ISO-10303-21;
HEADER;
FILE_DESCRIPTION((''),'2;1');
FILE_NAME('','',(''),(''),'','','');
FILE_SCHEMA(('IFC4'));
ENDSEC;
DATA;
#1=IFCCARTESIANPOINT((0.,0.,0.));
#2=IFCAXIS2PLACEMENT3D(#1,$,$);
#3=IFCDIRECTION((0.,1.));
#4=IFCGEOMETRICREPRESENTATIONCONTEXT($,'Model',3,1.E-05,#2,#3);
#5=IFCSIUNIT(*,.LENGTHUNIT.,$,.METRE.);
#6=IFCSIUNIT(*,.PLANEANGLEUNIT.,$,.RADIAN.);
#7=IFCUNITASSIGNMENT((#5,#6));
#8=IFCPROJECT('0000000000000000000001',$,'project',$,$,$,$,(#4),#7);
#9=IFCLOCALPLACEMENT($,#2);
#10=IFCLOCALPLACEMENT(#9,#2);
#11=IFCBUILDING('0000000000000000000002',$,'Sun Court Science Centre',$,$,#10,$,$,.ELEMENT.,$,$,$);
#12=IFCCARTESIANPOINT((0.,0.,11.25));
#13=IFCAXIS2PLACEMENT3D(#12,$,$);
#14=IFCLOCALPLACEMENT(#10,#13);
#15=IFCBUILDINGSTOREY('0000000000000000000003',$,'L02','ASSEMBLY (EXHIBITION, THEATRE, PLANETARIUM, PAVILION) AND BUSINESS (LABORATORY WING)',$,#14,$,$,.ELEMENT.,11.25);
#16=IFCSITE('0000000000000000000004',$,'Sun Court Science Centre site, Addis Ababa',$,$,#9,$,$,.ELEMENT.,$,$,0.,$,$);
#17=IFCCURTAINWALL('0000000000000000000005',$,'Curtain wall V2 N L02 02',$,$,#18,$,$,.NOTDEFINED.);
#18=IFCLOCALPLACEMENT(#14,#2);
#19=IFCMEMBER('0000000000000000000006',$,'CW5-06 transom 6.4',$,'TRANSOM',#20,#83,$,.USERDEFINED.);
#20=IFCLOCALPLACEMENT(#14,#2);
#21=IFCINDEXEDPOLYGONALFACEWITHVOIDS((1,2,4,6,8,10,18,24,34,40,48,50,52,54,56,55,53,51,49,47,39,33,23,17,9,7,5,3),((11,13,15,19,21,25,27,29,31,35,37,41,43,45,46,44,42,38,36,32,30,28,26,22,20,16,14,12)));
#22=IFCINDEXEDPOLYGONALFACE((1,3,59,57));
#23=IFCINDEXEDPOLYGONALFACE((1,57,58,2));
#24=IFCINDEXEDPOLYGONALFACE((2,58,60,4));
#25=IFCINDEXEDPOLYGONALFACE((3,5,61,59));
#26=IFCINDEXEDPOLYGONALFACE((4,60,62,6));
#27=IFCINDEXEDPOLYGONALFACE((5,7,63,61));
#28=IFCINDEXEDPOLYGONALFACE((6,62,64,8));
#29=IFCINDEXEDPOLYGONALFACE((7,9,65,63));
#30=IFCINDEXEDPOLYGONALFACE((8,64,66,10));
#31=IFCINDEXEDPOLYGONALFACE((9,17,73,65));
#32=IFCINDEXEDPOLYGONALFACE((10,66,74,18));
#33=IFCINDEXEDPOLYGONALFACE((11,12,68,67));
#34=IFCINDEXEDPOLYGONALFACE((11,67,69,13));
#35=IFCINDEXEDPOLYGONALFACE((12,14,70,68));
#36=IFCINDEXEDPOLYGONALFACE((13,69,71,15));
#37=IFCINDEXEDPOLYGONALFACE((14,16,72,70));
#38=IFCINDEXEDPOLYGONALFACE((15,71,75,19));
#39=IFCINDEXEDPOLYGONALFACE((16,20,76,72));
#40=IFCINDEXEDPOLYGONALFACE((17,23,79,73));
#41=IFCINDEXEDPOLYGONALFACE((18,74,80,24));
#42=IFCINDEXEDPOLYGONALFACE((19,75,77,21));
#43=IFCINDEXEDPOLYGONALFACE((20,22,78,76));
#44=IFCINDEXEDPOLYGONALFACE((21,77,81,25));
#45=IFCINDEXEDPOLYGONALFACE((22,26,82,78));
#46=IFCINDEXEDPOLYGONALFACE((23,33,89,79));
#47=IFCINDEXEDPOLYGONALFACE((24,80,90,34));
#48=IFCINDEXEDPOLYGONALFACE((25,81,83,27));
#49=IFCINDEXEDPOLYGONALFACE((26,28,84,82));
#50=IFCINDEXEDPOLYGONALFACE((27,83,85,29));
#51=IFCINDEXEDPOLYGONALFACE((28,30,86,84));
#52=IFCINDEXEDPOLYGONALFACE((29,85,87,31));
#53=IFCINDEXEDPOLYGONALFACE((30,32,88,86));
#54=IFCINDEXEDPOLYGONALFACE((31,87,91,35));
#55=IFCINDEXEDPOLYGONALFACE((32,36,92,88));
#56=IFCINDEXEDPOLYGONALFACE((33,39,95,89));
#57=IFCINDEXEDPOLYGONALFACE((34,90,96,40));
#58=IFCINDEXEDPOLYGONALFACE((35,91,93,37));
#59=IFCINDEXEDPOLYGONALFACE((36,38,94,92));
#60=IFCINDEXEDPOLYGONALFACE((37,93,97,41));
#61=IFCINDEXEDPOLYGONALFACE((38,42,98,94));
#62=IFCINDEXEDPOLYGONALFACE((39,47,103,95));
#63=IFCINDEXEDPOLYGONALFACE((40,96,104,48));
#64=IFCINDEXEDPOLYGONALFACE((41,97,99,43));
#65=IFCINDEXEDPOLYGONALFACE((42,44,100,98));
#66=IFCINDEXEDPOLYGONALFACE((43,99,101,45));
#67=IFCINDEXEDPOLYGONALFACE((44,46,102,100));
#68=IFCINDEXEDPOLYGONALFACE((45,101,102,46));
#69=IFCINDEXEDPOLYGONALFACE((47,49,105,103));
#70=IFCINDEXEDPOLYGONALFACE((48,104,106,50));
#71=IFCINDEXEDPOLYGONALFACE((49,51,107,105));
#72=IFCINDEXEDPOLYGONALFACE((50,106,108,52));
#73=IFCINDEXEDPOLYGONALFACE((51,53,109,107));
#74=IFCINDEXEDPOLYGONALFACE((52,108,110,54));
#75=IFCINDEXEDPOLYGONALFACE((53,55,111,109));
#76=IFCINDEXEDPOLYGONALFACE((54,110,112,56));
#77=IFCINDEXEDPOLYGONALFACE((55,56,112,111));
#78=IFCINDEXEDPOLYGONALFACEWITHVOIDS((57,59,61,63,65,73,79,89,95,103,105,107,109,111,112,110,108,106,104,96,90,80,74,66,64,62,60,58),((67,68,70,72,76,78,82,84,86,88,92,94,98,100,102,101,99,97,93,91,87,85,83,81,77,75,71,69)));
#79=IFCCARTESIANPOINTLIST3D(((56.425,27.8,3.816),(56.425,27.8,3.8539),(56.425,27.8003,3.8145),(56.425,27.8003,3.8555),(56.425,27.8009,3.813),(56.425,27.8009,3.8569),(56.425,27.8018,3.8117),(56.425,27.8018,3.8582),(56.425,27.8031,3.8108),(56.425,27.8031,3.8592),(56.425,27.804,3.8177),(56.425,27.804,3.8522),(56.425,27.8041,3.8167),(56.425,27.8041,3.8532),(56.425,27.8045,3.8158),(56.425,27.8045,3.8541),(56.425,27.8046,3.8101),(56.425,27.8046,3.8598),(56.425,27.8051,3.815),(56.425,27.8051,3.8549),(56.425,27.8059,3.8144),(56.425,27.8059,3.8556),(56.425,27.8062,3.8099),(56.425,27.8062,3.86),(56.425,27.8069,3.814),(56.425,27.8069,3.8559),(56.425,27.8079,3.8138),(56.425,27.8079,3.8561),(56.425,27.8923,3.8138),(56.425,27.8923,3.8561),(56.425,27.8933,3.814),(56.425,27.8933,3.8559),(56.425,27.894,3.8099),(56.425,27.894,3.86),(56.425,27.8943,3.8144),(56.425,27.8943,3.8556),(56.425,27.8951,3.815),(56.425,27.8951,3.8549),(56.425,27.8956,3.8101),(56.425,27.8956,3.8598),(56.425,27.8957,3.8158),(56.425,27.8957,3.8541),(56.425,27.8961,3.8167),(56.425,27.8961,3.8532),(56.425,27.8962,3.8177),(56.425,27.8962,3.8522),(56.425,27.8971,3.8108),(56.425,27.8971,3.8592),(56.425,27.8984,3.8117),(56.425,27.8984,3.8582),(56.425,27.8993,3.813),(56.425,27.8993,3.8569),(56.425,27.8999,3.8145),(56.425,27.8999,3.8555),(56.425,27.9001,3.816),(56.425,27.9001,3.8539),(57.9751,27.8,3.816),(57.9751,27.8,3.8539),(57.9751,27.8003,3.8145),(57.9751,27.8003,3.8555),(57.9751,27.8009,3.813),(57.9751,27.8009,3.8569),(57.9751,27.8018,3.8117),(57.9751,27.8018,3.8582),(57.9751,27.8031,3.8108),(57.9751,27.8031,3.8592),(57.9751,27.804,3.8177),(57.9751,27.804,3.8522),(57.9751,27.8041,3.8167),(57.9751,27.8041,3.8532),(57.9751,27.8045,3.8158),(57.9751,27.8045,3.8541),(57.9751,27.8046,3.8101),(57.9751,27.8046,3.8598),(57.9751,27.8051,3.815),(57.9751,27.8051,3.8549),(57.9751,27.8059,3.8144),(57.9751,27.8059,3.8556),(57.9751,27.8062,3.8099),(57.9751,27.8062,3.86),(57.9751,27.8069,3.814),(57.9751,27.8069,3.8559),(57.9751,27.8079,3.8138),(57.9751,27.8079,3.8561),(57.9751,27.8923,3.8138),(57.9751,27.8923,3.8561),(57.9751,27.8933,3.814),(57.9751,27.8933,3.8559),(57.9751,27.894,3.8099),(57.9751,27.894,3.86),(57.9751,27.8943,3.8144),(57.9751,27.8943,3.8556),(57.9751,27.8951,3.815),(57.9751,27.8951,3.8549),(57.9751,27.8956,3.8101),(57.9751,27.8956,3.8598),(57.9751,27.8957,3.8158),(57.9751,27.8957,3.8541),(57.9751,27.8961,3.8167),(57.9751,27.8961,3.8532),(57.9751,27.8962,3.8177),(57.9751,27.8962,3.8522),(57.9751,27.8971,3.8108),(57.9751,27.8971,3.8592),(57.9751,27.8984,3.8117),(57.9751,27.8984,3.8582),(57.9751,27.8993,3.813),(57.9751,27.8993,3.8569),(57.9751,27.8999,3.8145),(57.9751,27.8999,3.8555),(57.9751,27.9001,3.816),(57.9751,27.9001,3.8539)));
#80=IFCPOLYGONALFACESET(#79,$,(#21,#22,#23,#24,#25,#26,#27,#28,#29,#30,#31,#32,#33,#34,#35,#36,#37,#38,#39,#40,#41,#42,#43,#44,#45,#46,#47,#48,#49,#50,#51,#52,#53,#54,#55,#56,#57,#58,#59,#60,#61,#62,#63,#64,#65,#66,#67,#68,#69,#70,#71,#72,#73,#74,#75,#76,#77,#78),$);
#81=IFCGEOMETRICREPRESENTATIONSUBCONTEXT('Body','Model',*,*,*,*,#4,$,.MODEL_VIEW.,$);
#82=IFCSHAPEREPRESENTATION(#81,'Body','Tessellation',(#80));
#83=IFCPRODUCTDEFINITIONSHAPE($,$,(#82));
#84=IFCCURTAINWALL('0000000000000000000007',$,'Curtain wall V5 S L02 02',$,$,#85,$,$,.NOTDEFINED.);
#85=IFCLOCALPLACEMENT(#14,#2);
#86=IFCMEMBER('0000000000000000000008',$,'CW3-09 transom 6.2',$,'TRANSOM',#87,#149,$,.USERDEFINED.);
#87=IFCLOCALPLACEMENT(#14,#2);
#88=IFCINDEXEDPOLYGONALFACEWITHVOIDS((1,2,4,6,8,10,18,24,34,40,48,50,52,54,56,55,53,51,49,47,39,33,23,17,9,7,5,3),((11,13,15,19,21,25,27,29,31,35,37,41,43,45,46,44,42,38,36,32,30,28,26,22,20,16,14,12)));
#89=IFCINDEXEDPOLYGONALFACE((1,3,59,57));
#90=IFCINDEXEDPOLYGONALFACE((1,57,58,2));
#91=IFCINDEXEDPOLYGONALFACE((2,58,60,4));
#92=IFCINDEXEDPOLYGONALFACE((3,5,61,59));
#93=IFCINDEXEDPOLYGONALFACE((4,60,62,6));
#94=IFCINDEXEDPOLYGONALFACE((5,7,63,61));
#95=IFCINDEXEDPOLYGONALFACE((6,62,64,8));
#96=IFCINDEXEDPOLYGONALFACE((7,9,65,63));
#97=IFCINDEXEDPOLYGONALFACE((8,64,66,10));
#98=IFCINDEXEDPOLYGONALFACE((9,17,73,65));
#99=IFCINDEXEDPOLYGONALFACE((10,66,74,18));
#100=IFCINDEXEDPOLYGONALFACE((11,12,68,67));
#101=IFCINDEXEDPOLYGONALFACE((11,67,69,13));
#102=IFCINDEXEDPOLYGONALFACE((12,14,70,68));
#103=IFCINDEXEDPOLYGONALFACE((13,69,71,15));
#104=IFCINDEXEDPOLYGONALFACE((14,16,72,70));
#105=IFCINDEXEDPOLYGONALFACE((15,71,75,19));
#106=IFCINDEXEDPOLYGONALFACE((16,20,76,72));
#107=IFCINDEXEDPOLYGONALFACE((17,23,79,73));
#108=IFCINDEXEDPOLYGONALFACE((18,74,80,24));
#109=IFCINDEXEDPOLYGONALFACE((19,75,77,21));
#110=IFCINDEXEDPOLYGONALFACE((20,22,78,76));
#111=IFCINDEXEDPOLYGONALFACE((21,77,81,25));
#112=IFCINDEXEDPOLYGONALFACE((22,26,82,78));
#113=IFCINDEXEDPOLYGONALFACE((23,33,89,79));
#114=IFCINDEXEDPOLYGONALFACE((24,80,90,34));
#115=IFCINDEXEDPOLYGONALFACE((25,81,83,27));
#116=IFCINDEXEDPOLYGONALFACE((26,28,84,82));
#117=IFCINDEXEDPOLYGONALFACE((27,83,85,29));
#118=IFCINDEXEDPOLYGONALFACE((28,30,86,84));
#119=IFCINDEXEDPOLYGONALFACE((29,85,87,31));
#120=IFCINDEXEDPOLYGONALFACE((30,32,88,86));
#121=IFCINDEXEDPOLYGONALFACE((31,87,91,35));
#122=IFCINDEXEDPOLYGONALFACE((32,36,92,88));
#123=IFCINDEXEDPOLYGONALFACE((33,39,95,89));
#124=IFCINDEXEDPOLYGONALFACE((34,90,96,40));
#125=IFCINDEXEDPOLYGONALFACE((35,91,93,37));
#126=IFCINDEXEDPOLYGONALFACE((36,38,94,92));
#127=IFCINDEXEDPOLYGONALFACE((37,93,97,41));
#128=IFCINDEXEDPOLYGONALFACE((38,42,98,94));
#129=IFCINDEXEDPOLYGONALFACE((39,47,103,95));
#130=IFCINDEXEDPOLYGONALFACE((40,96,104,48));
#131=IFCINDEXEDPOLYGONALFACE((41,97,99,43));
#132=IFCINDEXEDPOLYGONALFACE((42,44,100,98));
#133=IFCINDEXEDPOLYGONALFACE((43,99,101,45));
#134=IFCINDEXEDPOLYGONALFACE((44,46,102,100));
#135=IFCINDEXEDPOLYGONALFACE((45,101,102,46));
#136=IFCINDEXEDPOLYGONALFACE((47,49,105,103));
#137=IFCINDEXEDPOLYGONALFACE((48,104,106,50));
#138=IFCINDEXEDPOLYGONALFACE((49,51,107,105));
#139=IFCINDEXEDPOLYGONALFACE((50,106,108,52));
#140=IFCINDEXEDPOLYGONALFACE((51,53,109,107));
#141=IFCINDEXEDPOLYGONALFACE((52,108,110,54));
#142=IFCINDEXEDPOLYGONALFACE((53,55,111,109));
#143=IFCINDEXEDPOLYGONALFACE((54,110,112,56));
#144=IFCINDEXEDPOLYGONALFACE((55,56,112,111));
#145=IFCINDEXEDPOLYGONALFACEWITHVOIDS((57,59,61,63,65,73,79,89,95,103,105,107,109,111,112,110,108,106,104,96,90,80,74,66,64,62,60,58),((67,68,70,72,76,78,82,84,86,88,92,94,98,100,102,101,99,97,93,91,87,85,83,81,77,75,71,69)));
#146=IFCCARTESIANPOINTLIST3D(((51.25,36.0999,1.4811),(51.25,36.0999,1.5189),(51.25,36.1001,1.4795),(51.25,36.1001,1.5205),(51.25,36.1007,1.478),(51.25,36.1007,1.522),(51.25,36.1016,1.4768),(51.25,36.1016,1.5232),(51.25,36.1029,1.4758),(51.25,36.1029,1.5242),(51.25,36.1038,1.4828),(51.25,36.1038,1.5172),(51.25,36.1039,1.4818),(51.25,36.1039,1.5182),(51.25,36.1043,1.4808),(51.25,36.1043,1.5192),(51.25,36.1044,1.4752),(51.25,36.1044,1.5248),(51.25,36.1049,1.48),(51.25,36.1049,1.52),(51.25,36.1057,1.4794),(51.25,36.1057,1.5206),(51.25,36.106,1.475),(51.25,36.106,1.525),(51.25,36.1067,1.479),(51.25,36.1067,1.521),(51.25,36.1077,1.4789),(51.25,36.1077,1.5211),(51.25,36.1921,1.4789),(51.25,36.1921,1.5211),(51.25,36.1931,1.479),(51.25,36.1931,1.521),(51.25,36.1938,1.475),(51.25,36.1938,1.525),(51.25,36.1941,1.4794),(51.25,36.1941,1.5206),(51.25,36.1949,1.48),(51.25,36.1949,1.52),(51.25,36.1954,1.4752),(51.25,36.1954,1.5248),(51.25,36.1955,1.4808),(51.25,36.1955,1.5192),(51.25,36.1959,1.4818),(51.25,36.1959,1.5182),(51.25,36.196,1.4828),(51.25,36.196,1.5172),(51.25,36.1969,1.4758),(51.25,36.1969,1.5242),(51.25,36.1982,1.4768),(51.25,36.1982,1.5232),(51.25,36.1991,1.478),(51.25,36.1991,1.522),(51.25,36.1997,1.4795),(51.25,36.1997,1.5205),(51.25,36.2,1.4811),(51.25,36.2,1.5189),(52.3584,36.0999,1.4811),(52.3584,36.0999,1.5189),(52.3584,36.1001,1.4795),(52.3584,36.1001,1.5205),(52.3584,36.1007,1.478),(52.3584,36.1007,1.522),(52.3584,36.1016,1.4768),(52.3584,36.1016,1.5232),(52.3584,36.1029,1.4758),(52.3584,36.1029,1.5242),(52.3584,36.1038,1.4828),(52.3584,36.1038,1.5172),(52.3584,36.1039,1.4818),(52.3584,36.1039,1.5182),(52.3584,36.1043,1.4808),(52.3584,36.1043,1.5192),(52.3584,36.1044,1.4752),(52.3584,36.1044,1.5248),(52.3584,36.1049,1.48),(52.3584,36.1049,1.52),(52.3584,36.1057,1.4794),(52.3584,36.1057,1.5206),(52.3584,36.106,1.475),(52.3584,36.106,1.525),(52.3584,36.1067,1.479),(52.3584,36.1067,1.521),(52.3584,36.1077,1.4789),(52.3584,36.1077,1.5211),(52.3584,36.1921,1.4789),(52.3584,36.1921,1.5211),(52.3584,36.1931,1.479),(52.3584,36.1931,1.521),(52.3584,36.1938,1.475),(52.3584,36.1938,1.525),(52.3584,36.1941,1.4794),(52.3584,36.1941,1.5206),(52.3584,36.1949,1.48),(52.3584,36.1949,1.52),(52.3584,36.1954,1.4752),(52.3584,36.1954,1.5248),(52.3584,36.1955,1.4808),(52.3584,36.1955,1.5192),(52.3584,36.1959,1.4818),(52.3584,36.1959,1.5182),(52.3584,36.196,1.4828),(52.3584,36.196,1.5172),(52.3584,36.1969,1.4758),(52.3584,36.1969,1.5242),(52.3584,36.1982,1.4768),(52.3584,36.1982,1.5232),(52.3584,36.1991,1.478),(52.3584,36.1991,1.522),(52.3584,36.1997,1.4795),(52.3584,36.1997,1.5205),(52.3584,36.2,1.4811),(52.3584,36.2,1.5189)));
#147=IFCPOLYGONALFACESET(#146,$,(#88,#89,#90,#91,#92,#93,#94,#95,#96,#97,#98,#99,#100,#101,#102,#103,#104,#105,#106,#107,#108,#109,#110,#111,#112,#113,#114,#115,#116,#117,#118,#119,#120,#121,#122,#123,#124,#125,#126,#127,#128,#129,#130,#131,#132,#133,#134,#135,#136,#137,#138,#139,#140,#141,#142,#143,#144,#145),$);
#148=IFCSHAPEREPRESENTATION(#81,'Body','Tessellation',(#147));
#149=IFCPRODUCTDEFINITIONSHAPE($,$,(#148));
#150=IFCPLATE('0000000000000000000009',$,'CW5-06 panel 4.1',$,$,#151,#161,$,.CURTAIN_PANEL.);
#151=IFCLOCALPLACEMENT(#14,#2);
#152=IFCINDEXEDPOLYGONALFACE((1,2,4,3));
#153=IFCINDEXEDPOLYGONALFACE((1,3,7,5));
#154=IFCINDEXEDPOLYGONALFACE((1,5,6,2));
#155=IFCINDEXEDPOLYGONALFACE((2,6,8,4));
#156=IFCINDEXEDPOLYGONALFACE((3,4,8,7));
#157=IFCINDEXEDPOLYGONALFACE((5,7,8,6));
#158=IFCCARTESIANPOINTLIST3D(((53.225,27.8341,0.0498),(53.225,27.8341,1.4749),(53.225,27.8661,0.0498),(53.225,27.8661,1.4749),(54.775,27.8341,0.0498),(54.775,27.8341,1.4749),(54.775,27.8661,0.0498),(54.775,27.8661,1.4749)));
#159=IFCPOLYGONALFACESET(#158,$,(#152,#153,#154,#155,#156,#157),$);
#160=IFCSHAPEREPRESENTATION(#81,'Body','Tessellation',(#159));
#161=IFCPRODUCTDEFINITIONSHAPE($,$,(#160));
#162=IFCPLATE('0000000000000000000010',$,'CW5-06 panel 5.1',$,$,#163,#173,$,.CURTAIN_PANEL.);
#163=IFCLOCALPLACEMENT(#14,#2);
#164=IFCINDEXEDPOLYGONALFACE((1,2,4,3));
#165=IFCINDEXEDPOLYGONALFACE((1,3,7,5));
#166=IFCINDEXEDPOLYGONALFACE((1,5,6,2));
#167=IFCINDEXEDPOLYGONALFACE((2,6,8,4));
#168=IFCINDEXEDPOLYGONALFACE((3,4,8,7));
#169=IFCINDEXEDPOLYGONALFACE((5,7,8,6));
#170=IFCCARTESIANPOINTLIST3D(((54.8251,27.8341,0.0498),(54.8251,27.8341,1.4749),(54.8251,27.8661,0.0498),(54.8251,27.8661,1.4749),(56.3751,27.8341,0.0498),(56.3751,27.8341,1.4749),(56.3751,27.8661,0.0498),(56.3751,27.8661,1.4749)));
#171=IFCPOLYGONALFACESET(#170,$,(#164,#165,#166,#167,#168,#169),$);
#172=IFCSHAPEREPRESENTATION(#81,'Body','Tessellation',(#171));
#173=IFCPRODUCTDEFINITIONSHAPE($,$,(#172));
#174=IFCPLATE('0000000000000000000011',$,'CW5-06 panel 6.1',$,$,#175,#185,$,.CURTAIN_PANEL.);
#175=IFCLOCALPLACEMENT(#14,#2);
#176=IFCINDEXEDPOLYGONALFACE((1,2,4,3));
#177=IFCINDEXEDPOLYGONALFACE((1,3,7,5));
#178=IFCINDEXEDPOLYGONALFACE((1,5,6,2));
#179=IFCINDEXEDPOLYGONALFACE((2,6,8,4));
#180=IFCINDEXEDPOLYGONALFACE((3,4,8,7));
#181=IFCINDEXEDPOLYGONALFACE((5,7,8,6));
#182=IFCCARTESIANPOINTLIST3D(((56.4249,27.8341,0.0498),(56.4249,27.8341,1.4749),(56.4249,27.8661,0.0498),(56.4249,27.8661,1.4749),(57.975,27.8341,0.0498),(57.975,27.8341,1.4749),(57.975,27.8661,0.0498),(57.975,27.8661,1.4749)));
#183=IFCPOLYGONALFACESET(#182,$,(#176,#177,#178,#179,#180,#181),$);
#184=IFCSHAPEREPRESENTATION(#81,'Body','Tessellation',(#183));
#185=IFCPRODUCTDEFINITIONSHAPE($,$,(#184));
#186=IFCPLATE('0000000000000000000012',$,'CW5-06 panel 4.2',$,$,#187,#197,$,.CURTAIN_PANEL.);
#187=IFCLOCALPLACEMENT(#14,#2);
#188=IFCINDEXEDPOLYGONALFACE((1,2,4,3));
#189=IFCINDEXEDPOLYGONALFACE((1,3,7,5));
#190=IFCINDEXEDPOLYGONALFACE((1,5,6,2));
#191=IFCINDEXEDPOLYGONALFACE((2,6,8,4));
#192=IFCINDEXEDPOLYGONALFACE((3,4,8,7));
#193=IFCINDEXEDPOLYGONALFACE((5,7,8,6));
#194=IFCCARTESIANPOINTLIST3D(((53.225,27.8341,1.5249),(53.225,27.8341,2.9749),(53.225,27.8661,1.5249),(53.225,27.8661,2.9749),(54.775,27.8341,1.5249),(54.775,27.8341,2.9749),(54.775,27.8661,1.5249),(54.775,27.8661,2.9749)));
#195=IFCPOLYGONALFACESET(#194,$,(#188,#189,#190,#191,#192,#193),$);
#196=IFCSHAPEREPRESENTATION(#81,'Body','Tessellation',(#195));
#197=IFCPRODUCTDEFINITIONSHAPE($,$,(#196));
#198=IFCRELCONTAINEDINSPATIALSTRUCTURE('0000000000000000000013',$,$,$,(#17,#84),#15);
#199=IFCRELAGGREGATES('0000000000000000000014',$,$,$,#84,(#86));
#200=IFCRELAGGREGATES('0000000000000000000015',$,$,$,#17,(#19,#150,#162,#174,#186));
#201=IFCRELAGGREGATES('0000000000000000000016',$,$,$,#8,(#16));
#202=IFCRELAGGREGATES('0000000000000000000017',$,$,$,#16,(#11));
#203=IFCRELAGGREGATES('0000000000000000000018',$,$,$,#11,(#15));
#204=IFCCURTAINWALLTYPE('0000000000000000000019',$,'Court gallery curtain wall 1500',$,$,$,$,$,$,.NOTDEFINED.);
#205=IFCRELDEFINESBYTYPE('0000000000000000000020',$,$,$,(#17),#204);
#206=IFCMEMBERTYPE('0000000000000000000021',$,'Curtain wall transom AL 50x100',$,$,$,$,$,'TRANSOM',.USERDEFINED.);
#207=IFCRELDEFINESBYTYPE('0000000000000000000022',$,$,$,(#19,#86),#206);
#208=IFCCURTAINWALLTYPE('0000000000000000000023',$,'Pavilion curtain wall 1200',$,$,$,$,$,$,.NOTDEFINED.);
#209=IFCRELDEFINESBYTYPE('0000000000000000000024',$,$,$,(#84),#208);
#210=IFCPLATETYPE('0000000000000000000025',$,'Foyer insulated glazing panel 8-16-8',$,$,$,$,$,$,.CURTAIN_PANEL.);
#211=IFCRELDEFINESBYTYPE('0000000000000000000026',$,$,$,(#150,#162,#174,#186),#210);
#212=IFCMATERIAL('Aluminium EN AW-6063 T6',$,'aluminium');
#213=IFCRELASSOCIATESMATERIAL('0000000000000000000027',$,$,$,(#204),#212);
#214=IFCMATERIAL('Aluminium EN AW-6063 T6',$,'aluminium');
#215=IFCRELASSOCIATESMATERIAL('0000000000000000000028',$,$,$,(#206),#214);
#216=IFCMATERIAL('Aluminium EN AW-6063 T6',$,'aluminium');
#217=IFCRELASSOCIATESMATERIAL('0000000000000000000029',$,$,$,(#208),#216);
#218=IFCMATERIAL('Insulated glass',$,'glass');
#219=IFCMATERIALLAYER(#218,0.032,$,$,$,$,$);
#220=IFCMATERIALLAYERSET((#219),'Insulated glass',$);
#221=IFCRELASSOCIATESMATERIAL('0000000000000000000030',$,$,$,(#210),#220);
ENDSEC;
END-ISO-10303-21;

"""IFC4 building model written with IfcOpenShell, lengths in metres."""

from ifc_helpers import new_model, si_unit, direction, frame, origin, origin_2d, place, context, subcontext, project, spatial, rectangle, hollow_rectangle, extrude, material, layer, layer_set, material_profile, profile_set, type_object, element, aggregate, save


model = new_model("IFC4")

# Units and contexts
model_context = context("Model", 3, precision=1e-05, world=origin(), true_north=direction((0.0, 1.0)))
body_context = subcontext(model_context, "Body", "Model", "MODEL_VIEW")
ifc_project = project(units=[si_unit("LENGTHUNIT", "METRE"), si_unit("PLANEANGLEUNIT", "RADIAN")], contexts=[model_context])

# Site, building, storey
site_placement = place(None, origin())
site = spatial("IfcSite", under=ifc_project, at=site_placement, Name="Sun Court Science Centre site, Addis Ababa", CompositionType="ELEMENT", RefElevation=0.0)
building_placement = place(site_placement, origin())
building = spatial("IfcBuilding", under=site, at=building_placement, Name="Sun Court Science Centre", CompositionType="ELEMENT")
storey_placement = place(building_placement, frame((0.0, 0.0, 11.25)))
storey = spatial("IfcBuildingStorey", under=building, at=storey_placement, Name="L02", Description="ASSEMBLY (EXHIBITION, THEATRE, PLANETARIUM, PAVILION) AND BUSINESS (LABORATORY WING)", CompositionType="ELEMENT", Elevation=11.25)

# Curtain wall, member
ifc_material_1 = material(Name="Aluminium EN AW-6063 T6", Category="aluminium")
curtain_wall_type_1 = type_object("IfcCurtainWallType", Name="Court gallery curtain wall 1500", PredefinedType="NOTDEFINED", material=ifc_material_1)
curtain_wall_1_placement = place(storey_placement, origin())
curtain_wall_1 = element("IfcCurtainWall", 1, at=curtain_wall_1_placement, inside=storey, type_object=curtain_wall_type_1, Name="Curtain wall V2 N L02 02", PredefinedType="NOTDEFINED")
ifc_material_2 = material(Name="Aluminium EN AW-6063 T6", Category="aluminium")
ifc_material_profile_1 = material_profile(ifc_material_2, hollow_rectangle(XDim=0.05, YDim=0.1001, WallThickness=0.0039, InnerFilletRadius=0.0039, OuterFilletRadius=0.0061, at=origin_2d()), Name="AL 50x100x4")
ifc_profile_set_1 = profile_set([ifc_material_profile_1], Name="Aluminium EN AW-6063 T6")
member_type_1 = type_object("IfcMemberType", Name="Curtain wall transom AL 50x100", ElementType="TRANSOM", PredefinedType="USERDEFINED", material=ifc_profile_set_1)
member_1_placement = place(storey_placement, frame((56.425, 27.8501, 3.835), z_axis=(1.0, 0.0, 0.0), x_axis=(0.0, 0.0, 1.0)))
member_1 = element("IfcMember", 2, at=member_1_placement, type_object=member_type_1, Name="CW5-06 transom 6.4", ObjectType="TRANSOM", PredefinedType="USERDEFINED", context=body_context, shape_type="SweptSolid", body=[
    extrude(hollow_rectangle(XDim=0.05, YDim=0.1001, WallThickness=0.0039, InnerFilletRadius=0.0039, OuterFilletRadius=0.0061, at=origin_2d()), origin(), (0.0, 0.0, 1.0), 1.55),
])

# Curtain wall, member
ifc_material_3 = material(Name="Aluminium EN AW-6063 T6", Category="aluminium")
curtain_wall_type_2 = type_object("IfcCurtainWallType", Name="Pavilion curtain wall 1200", PredefinedType="NOTDEFINED", material=ifc_material_3)
curtain_wall_2_placement = place(storey_placement, origin())
curtain_wall_2 = element("IfcCurtainWall", 3, at=curtain_wall_2_placement, inside=storey, type_object=curtain_wall_type_2, Name="Curtain wall V5 S L02 02", PredefinedType="NOTDEFINED")
member_2_placement = place(storey_placement, frame((52.3584, 36.1499, 1.5), z_axis=(-1.0, 0.0, 0.0), x_axis=(0.0, 0.0, 1.0)))
member_2 = element("IfcMember", 4, at=member_2_placement, type_object=member_type_1, Name="CW3-09 transom 6.2", ObjectType="TRANSOM", PredefinedType="USERDEFINED", context=body_context, shape_type="SweptSolid", body=[
    extrude(hollow_rectangle(XDim=0.05, YDim=0.1001, WallThickness=0.0039, InnerFilletRadius=0.0039, OuterFilletRadius=0.0061, at=origin_2d()), origin(), (0.0, 0.0, 1.0), 1.1084),
])
aggregate(curtain_wall_2, [member_2])

# Plates
ifc_material_4 = material(Name="Insulated glass", Category="glass")
ifc_layer = layer(ifc_material_4, 0.032)
ifc_layer_set = layer_set([ifc_layer], Name="Insulated glass")
plate_type = type_object("IfcPlateType", Name="Foyer insulated glazing panel 8-16-8", PredefinedType="CURTAIN_PANEL", material=ifc_layer_set)
plate_1_placement = place(storey_placement, frame((54.0, 27.8501, 0.0498), z_axis=(0.0, 0.0, 1.0), x_axis=(1.0, 0.0, 0.0)))
plate_1 = element("IfcPlate", 5, at=plate_1_placement, type_object=plate_type, Name="CW5-06 panel 4.1", PredefinedType="CURTAIN_PANEL", context=body_context, shape_type="SweptSolid", body=[
    extrude(rectangle(XDim=1.55, YDim=0.032, at=origin_2d()), origin(), (0.0, 0.0, 1.0), 1.425),
])
plate_2_placement = place(storey_placement, frame((55.6001, 27.8501, 0.0498), z_axis=(0.0, 0.0, 1.0), x_axis=(1.0, 0.0, 0.0)))
plate_2 = element("IfcPlate", 6, at=plate_2_placement, type_object=plate_type, Name="CW5-06 panel 5.1", PredefinedType="CURTAIN_PANEL", context=body_context, shape_type="SweptSolid", body=[
    extrude(rectangle(XDim=1.55, YDim=0.032, at=origin_2d()), origin(), (0.0, 0.0, 1.0), 1.425),
])
plate_3_placement = place(storey_placement, frame((57.2, 27.8501, 0.0498), z_axis=(0.0, 0.0, 1.0), x_axis=(1.0, 0.0, 0.0)))
plate_3 = element("IfcPlate", 7, at=plate_3_placement, type_object=plate_type, Name="CW5-06 panel 6.1", PredefinedType="CURTAIN_PANEL", context=body_context, shape_type="SweptSolid", body=[
    extrude(rectangle(XDim=1.55, YDim=0.032, at=origin_2d()), origin(), (0.0, 0.0, 1.0), 1.425),
])
plate_4_placement = place(storey_placement, frame((54.0, 27.8501, 1.5249), z_axis=(0.0, 0.0, 1.0), x_axis=(1.0, 0.0, 0.0)))
plate_4 = element("IfcPlate", 8, at=plate_4_placement, type_object=plate_type, Name="CW5-06 panel 4.2", PredefinedType="CURTAIN_PANEL", context=body_context, shape_type="SweptSolid", body=[
    extrude(rectangle(XDim=1.55, YDim=0.032, at=origin_2d()), origin(), (0.0, 0.0, 1.0), 1.45),
])
aggregate(curtain_wall_1, [member_1, plate_1, plate_2, plate_3, plate_4])

save(model, "model.ifc")
